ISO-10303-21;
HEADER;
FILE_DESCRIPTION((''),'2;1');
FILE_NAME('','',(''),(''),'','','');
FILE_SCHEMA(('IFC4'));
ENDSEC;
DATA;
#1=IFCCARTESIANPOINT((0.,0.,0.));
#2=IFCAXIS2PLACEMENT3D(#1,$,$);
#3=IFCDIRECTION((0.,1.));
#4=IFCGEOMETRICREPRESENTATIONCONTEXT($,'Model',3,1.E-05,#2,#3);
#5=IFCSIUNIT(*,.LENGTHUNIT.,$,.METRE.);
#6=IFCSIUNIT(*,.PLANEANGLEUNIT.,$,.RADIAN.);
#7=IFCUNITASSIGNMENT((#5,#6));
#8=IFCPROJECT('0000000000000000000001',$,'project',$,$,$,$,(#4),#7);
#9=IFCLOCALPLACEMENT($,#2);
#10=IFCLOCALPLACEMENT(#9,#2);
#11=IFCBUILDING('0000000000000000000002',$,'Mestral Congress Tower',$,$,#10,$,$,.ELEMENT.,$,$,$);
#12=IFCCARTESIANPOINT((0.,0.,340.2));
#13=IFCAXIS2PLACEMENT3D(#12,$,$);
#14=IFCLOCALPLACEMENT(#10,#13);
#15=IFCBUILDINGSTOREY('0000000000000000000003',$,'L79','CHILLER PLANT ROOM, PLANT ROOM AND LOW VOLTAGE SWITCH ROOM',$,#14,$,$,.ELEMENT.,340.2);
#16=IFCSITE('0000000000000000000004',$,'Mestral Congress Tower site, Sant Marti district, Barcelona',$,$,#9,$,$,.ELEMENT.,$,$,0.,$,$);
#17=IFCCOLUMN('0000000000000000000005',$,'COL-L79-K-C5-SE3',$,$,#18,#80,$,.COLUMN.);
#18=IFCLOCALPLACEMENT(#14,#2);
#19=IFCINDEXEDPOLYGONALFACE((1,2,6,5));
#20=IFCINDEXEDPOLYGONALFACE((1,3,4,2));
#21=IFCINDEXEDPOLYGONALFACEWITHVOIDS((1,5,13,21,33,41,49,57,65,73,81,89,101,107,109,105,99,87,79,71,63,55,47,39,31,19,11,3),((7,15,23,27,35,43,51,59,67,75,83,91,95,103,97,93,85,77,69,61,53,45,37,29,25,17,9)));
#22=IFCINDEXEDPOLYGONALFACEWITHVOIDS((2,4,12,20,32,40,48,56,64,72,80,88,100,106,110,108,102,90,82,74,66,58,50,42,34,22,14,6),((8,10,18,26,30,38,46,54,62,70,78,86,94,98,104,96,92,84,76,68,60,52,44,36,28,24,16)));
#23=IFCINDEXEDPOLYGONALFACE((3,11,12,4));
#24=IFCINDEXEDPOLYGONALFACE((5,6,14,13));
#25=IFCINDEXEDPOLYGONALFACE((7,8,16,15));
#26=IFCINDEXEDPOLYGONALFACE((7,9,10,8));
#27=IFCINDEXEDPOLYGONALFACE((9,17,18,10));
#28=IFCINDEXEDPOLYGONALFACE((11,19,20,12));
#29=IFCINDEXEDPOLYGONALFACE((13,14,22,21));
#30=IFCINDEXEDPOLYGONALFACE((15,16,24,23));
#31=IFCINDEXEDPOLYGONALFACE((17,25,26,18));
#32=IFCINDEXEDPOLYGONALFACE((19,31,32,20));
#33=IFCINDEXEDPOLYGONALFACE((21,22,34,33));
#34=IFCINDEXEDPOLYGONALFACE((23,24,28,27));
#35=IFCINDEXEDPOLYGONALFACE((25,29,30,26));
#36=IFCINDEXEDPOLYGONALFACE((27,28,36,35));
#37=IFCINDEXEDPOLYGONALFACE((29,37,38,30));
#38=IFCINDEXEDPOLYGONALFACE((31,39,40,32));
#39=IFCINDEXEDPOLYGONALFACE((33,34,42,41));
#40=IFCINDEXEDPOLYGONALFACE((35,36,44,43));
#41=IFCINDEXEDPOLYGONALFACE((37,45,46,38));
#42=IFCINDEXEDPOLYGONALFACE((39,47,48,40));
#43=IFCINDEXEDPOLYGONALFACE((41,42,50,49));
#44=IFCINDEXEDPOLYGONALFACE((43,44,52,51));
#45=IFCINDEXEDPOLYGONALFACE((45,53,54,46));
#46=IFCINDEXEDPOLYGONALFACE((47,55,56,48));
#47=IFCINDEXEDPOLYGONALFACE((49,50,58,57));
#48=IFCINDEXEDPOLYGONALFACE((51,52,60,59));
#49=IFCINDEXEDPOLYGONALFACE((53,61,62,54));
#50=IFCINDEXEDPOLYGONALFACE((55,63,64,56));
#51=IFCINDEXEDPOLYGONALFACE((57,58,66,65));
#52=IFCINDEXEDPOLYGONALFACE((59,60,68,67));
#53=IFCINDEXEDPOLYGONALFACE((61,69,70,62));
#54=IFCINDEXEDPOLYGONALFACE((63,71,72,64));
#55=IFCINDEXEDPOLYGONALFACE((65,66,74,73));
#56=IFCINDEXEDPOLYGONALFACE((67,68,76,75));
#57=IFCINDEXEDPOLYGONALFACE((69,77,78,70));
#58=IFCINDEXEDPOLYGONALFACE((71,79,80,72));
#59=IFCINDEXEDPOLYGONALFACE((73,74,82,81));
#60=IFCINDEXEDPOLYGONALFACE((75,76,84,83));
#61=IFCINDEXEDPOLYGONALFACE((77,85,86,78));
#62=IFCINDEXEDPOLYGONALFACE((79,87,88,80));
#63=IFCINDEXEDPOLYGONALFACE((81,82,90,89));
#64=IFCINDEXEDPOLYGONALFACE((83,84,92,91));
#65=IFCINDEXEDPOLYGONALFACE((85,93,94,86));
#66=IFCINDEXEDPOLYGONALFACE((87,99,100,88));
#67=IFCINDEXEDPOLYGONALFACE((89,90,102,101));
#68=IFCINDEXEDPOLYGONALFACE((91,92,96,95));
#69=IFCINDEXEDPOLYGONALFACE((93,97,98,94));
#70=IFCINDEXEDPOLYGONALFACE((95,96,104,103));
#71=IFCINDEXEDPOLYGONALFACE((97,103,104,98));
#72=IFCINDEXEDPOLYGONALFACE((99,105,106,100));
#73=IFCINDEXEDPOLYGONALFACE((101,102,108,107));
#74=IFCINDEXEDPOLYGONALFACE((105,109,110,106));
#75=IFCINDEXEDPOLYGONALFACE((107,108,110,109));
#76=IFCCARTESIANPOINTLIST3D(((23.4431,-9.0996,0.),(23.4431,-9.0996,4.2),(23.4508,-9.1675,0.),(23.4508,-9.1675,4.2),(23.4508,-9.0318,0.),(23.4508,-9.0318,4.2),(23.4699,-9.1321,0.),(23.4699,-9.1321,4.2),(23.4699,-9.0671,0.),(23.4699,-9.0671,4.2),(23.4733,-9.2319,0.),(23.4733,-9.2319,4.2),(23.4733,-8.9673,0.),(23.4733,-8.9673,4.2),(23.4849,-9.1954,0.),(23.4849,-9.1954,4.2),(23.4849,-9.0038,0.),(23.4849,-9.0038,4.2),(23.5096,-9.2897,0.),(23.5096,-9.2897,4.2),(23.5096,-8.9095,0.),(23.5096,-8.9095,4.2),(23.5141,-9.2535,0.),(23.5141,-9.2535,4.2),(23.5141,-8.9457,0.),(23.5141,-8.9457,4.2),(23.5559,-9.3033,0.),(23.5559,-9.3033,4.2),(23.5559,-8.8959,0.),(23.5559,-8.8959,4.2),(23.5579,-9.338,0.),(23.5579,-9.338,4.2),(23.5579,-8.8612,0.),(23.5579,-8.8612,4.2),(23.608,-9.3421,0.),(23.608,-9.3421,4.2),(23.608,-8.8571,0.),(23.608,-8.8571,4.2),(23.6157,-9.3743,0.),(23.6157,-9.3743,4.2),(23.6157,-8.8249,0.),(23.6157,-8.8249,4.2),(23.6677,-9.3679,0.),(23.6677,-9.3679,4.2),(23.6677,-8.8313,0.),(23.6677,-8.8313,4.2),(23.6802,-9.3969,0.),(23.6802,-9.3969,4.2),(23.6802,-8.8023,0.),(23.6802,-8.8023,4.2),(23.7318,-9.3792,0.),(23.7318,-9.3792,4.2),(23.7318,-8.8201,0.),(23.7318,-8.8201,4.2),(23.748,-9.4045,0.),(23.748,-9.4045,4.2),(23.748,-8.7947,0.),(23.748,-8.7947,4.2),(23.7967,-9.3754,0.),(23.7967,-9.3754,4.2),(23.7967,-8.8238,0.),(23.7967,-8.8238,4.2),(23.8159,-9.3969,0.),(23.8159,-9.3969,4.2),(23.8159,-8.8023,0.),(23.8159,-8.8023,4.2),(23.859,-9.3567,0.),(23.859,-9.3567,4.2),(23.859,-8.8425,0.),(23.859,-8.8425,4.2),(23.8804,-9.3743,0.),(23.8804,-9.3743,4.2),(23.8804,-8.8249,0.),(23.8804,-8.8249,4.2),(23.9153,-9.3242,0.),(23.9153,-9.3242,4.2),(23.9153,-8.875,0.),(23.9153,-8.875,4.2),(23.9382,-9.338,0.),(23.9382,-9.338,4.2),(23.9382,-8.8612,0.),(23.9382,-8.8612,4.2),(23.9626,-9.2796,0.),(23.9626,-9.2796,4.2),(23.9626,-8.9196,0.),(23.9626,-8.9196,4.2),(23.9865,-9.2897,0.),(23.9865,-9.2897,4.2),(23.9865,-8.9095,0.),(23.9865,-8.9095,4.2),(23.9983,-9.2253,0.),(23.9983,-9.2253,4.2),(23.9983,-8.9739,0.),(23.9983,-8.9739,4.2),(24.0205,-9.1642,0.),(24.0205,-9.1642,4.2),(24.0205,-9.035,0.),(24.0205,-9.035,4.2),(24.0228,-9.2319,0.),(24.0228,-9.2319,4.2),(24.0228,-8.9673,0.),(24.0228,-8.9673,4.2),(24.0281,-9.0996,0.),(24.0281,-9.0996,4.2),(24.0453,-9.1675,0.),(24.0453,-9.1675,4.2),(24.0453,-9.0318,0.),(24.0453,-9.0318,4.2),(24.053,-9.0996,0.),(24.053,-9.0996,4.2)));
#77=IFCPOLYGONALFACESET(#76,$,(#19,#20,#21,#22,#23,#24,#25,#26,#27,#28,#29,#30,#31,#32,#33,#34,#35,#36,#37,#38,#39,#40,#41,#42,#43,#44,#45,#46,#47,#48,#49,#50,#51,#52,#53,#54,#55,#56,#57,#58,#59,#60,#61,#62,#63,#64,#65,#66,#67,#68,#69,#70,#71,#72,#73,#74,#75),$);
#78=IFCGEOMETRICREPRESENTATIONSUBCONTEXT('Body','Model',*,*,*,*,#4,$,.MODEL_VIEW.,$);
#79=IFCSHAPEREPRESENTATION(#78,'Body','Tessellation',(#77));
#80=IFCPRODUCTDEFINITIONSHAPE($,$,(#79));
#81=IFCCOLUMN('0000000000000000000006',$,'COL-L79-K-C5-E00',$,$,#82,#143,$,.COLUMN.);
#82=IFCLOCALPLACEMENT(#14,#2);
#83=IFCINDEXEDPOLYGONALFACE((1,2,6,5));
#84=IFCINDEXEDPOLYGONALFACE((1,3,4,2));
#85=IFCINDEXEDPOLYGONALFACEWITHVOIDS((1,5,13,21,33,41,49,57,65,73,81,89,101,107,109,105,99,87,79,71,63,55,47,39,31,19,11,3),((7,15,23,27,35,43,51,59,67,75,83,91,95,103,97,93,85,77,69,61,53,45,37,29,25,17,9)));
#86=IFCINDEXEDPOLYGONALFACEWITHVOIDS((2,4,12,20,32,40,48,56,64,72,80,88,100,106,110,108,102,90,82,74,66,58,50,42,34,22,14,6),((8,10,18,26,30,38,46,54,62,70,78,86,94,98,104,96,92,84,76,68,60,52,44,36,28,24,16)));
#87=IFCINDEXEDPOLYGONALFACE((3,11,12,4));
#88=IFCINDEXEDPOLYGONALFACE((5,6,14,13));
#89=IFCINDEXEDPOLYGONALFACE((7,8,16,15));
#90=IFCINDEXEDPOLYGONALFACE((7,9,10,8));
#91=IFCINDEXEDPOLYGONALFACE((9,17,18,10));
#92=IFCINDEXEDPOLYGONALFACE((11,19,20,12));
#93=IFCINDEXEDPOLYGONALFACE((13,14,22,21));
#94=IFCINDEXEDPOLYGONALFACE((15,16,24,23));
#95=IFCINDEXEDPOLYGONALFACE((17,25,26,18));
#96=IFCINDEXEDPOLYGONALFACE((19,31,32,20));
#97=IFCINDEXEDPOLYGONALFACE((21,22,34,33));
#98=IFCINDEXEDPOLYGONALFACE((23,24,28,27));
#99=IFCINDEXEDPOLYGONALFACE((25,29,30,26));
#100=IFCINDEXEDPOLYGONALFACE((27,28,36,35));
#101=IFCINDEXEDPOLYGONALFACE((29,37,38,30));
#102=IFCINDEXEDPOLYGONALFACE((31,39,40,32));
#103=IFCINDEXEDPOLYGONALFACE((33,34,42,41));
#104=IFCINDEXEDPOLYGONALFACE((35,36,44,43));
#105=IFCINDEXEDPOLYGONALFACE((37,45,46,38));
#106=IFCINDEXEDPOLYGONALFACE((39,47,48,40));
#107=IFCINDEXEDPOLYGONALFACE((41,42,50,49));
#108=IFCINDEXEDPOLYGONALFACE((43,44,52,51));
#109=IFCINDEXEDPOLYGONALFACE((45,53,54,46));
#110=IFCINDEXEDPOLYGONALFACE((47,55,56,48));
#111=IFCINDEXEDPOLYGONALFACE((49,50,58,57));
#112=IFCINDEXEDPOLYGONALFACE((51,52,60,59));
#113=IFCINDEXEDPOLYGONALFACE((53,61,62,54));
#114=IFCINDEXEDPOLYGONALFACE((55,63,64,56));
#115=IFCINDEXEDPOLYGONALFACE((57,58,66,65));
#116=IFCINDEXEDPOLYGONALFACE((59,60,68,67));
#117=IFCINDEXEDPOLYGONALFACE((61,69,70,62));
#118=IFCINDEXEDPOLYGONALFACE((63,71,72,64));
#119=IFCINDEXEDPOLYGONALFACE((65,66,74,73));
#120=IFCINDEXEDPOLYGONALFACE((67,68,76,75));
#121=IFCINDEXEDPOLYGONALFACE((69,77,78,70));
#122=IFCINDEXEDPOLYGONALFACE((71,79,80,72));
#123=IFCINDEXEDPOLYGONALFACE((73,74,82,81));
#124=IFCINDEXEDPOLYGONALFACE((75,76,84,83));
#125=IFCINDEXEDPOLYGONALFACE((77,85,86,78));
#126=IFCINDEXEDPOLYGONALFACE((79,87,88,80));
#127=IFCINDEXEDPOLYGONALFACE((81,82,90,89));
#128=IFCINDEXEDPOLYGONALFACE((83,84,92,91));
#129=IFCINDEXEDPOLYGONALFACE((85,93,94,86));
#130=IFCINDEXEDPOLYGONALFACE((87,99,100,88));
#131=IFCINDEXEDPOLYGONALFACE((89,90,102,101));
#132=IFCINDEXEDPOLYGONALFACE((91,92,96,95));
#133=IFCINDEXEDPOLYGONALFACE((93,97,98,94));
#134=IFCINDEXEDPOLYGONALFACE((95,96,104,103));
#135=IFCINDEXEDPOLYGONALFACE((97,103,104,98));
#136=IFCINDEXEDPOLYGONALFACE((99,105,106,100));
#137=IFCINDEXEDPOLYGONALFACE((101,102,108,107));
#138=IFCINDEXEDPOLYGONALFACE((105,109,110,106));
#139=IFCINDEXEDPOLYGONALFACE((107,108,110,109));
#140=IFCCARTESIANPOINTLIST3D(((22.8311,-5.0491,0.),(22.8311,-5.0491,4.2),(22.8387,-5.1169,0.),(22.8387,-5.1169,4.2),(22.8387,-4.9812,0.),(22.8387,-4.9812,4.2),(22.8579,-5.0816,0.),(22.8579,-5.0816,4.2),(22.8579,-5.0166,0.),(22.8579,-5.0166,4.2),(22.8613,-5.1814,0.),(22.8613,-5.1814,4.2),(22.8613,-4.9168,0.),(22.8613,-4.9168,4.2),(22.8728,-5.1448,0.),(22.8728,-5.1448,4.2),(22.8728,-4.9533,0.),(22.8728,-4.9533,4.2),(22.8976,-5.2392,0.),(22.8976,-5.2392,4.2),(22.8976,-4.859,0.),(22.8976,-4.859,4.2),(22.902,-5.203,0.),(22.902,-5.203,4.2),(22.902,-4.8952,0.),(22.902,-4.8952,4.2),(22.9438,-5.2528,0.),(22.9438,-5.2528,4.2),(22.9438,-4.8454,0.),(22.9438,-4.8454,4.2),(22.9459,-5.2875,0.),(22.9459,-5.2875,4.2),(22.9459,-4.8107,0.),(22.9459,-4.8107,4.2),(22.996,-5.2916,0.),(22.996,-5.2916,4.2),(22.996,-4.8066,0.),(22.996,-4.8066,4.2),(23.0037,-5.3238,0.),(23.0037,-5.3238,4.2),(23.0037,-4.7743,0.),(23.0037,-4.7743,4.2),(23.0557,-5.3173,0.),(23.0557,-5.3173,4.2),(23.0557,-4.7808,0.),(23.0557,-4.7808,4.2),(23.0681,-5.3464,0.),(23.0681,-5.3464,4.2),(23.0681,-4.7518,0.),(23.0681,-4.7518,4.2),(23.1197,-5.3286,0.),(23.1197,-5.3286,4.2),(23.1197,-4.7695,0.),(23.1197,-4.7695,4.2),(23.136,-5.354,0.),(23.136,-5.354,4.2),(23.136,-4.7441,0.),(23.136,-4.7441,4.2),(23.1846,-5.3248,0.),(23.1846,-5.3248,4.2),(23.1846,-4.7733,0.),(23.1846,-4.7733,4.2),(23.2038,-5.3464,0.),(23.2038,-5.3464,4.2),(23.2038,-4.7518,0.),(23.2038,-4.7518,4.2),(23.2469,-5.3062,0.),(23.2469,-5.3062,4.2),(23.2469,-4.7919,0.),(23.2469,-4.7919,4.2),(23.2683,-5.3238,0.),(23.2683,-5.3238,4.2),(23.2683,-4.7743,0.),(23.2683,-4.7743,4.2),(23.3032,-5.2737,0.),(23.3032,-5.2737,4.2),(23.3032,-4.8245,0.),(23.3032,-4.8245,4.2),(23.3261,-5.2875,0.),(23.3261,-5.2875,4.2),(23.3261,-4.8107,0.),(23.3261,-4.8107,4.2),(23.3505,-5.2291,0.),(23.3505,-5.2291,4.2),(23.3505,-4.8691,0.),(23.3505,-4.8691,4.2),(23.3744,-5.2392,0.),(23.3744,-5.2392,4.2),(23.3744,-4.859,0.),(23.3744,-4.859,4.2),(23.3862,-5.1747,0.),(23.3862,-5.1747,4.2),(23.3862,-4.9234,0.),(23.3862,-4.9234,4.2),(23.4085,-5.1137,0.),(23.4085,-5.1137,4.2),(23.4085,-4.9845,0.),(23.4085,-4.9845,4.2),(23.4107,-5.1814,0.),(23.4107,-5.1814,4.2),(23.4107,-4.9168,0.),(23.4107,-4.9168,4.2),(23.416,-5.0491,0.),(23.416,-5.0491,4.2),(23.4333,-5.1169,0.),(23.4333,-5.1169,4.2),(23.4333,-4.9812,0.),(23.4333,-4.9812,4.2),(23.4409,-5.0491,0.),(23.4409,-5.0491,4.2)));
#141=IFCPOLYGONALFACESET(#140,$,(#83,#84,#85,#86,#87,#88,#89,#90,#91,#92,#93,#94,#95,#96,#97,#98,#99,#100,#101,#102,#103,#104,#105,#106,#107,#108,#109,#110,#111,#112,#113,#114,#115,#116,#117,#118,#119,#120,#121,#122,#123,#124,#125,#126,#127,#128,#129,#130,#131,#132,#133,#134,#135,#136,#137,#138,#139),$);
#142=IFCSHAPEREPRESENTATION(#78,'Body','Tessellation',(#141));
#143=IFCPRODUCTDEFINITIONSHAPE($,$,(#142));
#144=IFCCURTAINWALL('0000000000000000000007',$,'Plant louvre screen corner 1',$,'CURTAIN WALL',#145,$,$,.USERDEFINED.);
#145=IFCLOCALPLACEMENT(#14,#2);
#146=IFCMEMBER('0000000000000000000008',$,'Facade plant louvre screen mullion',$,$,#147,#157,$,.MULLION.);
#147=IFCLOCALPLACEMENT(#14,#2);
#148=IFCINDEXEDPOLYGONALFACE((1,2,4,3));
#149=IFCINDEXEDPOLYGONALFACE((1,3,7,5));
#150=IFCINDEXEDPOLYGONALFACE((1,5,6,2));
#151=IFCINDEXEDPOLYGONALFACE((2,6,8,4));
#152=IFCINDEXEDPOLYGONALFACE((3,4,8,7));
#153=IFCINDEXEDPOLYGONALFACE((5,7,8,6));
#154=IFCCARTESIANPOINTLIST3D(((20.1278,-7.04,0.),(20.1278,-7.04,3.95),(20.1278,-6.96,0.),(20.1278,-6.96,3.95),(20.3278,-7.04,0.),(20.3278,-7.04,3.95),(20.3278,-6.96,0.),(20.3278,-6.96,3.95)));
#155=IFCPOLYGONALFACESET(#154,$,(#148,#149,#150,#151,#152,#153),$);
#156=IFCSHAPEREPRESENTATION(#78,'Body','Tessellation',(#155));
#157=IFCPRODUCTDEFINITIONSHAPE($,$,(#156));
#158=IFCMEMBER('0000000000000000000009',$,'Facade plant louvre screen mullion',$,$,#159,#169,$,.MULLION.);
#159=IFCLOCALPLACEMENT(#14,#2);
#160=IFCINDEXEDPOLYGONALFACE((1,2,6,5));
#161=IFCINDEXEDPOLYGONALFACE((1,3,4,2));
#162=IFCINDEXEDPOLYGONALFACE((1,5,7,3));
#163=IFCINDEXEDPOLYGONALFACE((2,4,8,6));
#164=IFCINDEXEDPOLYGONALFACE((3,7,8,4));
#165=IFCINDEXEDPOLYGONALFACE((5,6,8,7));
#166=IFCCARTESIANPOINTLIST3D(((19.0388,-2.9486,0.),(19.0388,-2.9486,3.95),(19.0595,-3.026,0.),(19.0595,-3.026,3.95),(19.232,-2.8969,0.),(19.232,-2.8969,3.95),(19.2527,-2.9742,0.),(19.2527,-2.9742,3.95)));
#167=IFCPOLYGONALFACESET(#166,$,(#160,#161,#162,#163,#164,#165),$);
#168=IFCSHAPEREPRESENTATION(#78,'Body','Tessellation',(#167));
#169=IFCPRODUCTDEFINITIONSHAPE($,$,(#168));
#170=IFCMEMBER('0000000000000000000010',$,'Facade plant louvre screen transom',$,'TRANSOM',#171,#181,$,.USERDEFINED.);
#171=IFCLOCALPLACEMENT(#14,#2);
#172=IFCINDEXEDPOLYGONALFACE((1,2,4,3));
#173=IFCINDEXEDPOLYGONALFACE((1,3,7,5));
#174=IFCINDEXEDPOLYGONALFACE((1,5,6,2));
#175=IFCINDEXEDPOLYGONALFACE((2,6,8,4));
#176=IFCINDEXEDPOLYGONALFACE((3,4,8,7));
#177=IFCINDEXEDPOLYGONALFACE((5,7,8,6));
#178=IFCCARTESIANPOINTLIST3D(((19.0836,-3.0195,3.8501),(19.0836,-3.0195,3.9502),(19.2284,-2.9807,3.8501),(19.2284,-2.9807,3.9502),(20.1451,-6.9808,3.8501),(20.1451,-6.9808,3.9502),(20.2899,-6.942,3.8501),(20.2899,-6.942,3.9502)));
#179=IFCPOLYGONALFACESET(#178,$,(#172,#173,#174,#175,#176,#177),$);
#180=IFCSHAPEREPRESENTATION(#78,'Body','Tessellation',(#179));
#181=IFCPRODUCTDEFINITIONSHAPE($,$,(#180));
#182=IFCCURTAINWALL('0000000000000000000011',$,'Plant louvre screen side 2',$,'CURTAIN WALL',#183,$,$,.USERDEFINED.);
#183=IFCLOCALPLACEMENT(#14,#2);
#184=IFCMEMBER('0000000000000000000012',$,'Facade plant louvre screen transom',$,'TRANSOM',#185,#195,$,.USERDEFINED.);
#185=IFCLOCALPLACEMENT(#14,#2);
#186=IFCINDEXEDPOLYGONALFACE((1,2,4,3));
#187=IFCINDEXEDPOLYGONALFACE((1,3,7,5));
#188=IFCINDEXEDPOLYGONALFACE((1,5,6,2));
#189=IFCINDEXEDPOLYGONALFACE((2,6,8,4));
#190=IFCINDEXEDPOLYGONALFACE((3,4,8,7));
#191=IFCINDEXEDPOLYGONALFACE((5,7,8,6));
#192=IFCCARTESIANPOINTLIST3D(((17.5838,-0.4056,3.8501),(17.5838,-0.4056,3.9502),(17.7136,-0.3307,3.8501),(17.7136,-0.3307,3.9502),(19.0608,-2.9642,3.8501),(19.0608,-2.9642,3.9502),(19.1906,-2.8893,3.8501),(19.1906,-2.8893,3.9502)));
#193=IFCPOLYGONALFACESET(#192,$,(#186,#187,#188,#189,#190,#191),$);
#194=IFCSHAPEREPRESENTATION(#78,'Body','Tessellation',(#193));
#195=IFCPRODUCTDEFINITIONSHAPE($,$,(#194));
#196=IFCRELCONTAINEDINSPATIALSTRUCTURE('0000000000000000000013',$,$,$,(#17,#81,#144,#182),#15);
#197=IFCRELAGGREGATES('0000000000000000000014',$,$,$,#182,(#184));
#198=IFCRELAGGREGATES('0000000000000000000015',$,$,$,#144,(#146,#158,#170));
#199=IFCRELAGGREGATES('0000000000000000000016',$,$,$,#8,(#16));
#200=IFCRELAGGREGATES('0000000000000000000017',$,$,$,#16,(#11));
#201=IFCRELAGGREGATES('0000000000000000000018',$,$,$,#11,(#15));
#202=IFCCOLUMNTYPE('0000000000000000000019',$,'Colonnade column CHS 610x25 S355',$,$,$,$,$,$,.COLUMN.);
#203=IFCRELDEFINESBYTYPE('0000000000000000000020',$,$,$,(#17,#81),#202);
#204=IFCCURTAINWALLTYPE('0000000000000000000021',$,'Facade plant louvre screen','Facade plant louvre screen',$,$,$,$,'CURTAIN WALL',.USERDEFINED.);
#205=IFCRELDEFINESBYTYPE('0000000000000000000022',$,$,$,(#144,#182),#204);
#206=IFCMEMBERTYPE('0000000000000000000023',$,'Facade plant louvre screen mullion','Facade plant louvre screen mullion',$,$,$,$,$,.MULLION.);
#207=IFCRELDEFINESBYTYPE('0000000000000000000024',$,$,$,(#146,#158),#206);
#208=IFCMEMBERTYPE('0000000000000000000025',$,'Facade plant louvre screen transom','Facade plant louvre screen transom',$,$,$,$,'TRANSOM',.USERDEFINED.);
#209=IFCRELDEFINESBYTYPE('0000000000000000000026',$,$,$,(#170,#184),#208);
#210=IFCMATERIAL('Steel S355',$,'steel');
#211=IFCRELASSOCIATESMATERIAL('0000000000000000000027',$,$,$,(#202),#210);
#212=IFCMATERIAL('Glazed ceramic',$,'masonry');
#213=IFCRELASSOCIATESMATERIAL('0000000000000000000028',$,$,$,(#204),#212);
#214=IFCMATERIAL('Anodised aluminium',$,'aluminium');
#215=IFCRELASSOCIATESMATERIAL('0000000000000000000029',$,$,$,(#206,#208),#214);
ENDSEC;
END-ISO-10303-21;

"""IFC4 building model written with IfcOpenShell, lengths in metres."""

from ifc_helpers import new_model, si_unit, direction, frame, origin, origin_2d, place, context, subcontext, project, spatial, rectangle, hollow_circle, extrude, material, material_profile, profile_set, type_object, element, aggregate, save


model = new_model("IFC4")

# Units and contexts
model_context = context("Model", 3, precision=1e-05, world=origin(), true_north=direction((0.0, 1.0)))
body_context = subcontext(model_context, "Body", "Model", "MODEL_VIEW")
ifc_project = project(units=[si_unit("LENGTHUNIT", "METRE"), si_unit("PLANEANGLEUNIT", "RADIAN")], contexts=[model_context])

# Site, building, storey
site_placement = place(None, origin())
site = spatial("IfcSite", under=ifc_project, at=site_placement, Name="Mestral Congress Tower site, Sant Marti district, Barcelona", CompositionType="ELEMENT", RefElevation=0.0)
building_placement = place(site_placement, origin())
building = spatial("IfcBuilding", under=site, at=building_placement, Name="Mestral Congress Tower", CompositionType="ELEMENT")
storey_placement = place(building_placement, frame((0.0, 0.0, 340.2)))
storey = spatial("IfcBuildingStorey", under=building, at=storey_placement, Name="L79", Description="CHILLER PLANT ROOM, PLANT ROOM AND LOW VOLTAGE SWITCH ROOM", CompositionType="ELEMENT", Elevation=340.2)

# Columns
ifc_material_1 = material(Name="Steel S355", Category="steel")
ifc_material_profile_1 = material_profile(ifc_material_1, hollow_circle(Radius=0.3049, WallThickness=0.0249, at=origin_2d()), Name="CHS 610x25")
ifc_profile_set_1 = profile_set([ifc_material_profile_1], Name="Steel S355")
column_type = type_object("IfcColumnType", Name="Colonnade column CHS 610x25 S355", PredefinedType="COLUMN", material=ifc_profile_set_1)
for number, where, z_axis, x_axis, name in (
    (1, (23.748, -9.0996, 0.0), (0.0, 0.0, 1.0), (1.0, 0.0, 0.0), "COL-L79-K-C5-SE3"),
    (2, (23.136, -5.0491, 0.0), (0.0, 0.0, 1.0), (1.0, 0.0, 0.0), "COL-L79-K-C5-E00"),
):
    element("IfcColumn", number, at=place(storey_placement, frame(where, z_axis=z_axis, x_axis=x_axis)), inside=storey, type_object=column_type, Name=name, PredefinedType="COLUMN", context=body_context, shape_type="SweptSolid", body=[
        extrude(hollow_circle(Radius=0.3049, WallThickness=0.0249, at=origin_2d()), origin(), (0.0, 0.0, 1.0), 4.2),
    ])

# Curtain wall, members
ifc_material_2 = material(Name="Glazed ceramic", Category="masonry")
curtain_wall_type = type_object("IfcCurtainWallType", Name="Facade plant louvre screen", Description="Facade plant louvre screen", ElementType="CURTAIN WALL", PredefinedType="USERDEFINED", material=ifc_material_2)
placement = place(storey_placement, origin())
curtain_wall_1 = element("IfcCurtainWall", 3, at=placement, inside=storey, type_object=curtain_wall_type, Name="Plant louvre screen corner 1", ObjectType="CURTAIN WALL", PredefinedType="USERDEFINED")
ifc_material_3 = material(Name="Anodised aluminium", Category="aluminium")
ifc_material_profile_2 = material_profile(ifc_material_3, rectangle(XDim=0.2, YDim=0.0801, at=origin_2d()), Name="CW6 mullion 200 x 80")
ifc_profile_set_2 = profile_set([ifc_material_profile_2], Name="Anodised aluminium")
member_type_1 = type_object("IfcMemberType", Name="Facade plant louvre screen mullion", Description="Facade plant louvre screen mullion", PredefinedType="MULLION", material=ifc_profile_set_2)
member_1_placement = place(storey_placement, frame((20.2278, -7.0, 0.0), z_axis=(0.0, 0.0, 1.0), x_axis=(1.0, 0.0, 0.0)))
member_1 = element("IfcMember", 4, at=member_1_placement, type_object=member_type_1, Name="Facade plant louvre screen mullion", PredefinedType="MULLION", context=body_context, shape_type="SweptSolid", body=[
    extrude(rectangle(XDim=0.2, YDim=0.0801, at=origin_2d()), origin(), (0.0, 0.0, 1.0), 3.95),
])
member_2_placement = place(storey_placement, frame((19.1458, -2.9614, 0.0), z_axis=(0.0, 0.0, 1.0), x_axis=(0.965926, 0.258819, 0.0)))
member_2 = element("IfcMember", 5, at=member_2_placement, type_object=member_type_1, Name="Facade plant louvre screen mullion", PredefinedType="MULLION", context=body_context, shape_type="SweptSolid", body=[
    extrude(rectangle(XDim=0.2, YDim=0.0801, at=origin_2d()), origin(), (0.0, 0.0, 1.0), 3.95),
])
ifc_material_profile_3 = material_profile(ifc_material_3, rectangle(XDim=0.1499, YDim=0.1001, at=origin_2d()), Name="CW6 transom 150 x 100")
ifc_profile_set_3 = profile_set([ifc_material_profile_3], Name="Anodised aluminium")
member_type_2 = type_object("IfcMemberType", Name="Facade plant louvre screen transom", Description="Facade plant louvre screen transom", ElementType="TRANSOM", PredefinedType="USERDEFINED", material=ifc_profile_set_3)
member_3_placement = place(storey_placement, frame((20.2175, -6.9614, 3.9001), z_axis=(-0.258833, 0.965922, 0.0), x_axis=(-0.965922, -0.258833, 0.0)))
member_3 = element("IfcMember", 6, at=member_3_placement, type_object=member_type_2, Name="Facade plant louvre screen transom", ObjectType="TRANSOM", PredefinedType="USERDEFINED", context=body_context, shape_type="SweptSolid", body=[
    extrude(rectangle(XDim=0.1499, YDim=0.1001, at=origin_2d()), origin(), (0.0, 0.0, 1.0), 4.1011),
])

# Curtain wall, member
curtain_wall_2 = element("IfcCurtainWall", 7, at=placement, inside=storey, type_object=curtain_wall_type, Name="Plant louvre screen side 2", ObjectType="CURTAIN WALL", PredefinedType="USERDEFINED")
member_4_placement = place(storey_placement, frame((19.1257, -2.9268, 3.9001), z_axis=(-0.499961, 0.866048, 0.0), x_axis=(-0.866048, -0.499961, 0.0)))
member_4 = element("IfcMember", 8, at=member_4_placement, type_object=member_type_2, Name="Facade plant louvre screen transom", ObjectType="TRANSOM", PredefinedType="USERDEFINED", context=body_context, shape_type="SweptSolid", body=[
    extrude(rectangle(XDim=0.1499, YDim=0.1001, at=origin_2d()), origin(), (0.0, 0.0, 1.0), 2.9543),
])
aggregate(curtain_wall_2, [member_4])

aggregate(curtain_wall_1, [member_1, member_2, member_3])

save(model, "model.ifc")
